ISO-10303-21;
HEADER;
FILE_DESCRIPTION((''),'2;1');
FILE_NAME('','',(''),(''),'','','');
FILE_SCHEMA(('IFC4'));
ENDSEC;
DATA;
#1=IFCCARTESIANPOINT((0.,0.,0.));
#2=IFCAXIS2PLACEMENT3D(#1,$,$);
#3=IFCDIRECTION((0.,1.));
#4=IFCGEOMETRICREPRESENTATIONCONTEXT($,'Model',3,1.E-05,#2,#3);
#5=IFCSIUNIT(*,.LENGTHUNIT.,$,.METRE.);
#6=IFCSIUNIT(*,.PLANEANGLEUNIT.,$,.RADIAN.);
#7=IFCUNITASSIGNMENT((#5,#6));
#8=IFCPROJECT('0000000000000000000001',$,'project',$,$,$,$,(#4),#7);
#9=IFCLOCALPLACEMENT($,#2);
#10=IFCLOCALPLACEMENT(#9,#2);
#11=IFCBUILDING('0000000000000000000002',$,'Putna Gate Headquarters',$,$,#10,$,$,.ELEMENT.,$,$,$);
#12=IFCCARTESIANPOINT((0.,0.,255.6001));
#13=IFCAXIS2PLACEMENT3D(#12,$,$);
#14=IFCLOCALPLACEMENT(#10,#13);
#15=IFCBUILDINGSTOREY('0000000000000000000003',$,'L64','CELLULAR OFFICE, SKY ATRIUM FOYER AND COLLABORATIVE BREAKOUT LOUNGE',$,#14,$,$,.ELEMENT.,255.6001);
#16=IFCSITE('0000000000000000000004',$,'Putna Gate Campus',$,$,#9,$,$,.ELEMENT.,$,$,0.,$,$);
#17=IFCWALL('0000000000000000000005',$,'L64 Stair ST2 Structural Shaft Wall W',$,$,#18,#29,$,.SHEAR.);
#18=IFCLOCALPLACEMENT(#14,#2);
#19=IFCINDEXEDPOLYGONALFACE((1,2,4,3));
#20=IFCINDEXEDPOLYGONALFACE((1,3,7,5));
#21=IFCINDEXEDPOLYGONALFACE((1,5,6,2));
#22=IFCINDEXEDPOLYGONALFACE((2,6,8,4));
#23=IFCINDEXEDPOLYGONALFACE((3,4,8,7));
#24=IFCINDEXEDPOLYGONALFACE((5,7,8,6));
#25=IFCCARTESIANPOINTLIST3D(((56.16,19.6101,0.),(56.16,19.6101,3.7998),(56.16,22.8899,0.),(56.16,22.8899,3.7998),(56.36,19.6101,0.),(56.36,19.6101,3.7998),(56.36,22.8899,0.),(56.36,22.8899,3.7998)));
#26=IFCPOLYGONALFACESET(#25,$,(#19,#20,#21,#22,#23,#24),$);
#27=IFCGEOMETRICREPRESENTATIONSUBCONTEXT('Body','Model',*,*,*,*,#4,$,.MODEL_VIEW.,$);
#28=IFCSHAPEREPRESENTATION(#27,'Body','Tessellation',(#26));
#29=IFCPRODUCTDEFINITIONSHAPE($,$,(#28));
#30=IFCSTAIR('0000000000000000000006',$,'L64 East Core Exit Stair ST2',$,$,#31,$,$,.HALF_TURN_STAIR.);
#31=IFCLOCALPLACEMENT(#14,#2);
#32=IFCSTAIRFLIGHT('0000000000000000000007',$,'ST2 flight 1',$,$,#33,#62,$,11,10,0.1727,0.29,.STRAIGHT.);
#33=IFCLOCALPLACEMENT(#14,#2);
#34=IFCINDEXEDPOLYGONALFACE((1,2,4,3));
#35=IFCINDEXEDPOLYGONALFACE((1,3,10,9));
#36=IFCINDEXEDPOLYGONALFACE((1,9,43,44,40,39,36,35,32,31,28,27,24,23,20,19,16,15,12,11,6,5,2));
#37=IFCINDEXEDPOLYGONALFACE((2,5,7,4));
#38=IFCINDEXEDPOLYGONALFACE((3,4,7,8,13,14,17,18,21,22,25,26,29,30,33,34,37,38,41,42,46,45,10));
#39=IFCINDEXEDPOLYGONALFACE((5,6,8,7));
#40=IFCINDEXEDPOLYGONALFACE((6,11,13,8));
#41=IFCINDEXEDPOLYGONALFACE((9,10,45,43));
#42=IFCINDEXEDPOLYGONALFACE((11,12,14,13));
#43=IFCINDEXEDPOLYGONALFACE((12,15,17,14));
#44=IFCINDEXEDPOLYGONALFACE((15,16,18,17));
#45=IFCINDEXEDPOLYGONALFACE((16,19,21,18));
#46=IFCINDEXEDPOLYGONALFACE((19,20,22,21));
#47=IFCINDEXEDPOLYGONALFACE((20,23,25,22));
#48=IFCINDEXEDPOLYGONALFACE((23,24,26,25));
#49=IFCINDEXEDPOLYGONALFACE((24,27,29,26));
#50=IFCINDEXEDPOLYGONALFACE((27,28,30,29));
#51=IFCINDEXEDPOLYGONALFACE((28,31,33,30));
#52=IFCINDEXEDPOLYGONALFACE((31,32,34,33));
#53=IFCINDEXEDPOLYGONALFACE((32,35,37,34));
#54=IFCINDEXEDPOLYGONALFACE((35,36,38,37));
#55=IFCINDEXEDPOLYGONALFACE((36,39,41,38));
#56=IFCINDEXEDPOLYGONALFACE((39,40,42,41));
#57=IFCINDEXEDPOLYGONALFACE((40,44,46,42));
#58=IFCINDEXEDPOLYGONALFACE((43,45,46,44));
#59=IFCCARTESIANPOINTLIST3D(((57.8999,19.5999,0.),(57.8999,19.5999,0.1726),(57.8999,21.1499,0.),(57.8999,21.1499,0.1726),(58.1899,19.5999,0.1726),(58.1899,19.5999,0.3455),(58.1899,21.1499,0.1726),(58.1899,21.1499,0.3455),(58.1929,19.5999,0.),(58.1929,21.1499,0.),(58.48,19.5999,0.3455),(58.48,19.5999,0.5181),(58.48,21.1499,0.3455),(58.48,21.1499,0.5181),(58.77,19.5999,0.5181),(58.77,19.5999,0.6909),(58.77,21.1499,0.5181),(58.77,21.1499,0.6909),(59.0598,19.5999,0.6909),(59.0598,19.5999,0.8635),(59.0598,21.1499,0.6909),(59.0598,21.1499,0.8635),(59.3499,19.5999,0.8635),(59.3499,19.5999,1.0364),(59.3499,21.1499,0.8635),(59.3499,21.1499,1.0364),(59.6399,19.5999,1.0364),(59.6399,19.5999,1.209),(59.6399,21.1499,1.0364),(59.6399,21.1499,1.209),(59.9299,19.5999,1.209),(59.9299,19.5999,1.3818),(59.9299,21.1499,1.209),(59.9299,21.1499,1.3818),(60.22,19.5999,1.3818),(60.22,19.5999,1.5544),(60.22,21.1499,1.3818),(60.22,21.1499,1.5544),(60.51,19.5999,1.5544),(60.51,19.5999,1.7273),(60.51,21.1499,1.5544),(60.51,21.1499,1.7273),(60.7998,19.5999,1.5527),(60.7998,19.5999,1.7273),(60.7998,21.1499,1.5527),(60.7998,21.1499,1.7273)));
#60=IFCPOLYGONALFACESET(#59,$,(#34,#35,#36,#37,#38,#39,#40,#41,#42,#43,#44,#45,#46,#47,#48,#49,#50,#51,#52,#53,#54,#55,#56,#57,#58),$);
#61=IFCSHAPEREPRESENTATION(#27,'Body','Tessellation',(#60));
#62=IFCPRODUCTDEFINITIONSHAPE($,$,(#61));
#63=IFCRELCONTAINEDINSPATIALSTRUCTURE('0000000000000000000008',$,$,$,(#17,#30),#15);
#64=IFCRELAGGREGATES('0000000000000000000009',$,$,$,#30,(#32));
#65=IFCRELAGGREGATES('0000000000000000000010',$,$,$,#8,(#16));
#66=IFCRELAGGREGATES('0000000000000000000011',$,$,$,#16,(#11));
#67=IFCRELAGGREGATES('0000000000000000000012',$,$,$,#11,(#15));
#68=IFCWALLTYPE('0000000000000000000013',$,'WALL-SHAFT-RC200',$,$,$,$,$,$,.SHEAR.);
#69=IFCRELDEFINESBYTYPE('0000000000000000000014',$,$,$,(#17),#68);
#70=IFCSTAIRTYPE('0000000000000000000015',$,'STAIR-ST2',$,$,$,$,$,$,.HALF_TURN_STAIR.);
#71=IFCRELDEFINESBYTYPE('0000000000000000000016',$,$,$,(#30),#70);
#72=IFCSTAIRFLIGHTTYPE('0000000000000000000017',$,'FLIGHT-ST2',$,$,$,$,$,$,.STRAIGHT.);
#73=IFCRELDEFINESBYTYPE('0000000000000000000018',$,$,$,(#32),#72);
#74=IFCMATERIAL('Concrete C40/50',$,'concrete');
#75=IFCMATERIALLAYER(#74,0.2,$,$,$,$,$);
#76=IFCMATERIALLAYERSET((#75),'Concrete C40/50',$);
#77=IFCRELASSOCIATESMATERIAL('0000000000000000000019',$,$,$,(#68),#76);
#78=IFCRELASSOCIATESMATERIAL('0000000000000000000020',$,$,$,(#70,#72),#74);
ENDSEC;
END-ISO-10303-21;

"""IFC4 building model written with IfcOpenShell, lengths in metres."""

from ifc_helpers import new_model, si_unit, direction, frame, frame_2d, origin, place, context, subcontext, project, spatial, polyline, rectangle, outline, extrude, material, layer, layer_set, type_object, element, aggregate, save


model = new_model("IFC4")

# Units and contexts
model_context = context("Model", 3, precision=1e-05, world=origin(), true_north=direction((0.0, 1.0)))
body_context = subcontext(model_context, "Body", "Model", "MODEL_VIEW")
ifc_project = project(units=[si_unit("LENGTHUNIT", "METRE"), si_unit("PLANEANGLEUNIT", "RADIAN")], contexts=[model_context])

# Site, building, storey
site_placement = place(None, origin())
site = spatial("IfcSite", under=ifc_project, at=site_placement, Name="Putna Gate Campus", CompositionType="ELEMENT", RefElevation=0.0)
building_placement = place(site_placement, origin())
building = spatial("IfcBuilding", under=site, at=building_placement, Name="Putna Gate Headquarters", CompositionType="ELEMENT")
storey_placement = place(building_placement, frame((0.0, 0.0, 255.6001)))
storey = spatial("IfcBuildingStorey", under=building, at=storey_placement, Name="L64", Description="CELLULAR OFFICE, SKY ATRIUM FOYER AND COLLABORATIVE BREAKOUT LOUNGE", CompositionType="ELEMENT", Elevation=255.6001)

# Shared definitions
ifc_material_1 = material(Name="Concrete C40/50", Category="concrete")

# Shared definitions
ifc_layer_1 = layer(ifc_material_1, 0.2)
ifc_layer_set_1 = layer_set([ifc_layer_1], Name="Concrete C40/50")
wall_type_1 = type_object("IfcWallType", Name="WALL-SHAFT-RC200", PredefinedType="SHEAR", material=ifc_layer_set_1)

# Wall
wall_1_placement = place(storey_placement, frame((56.26, 19.6101, 0.0), z_axis=(0.0, 0.0, 1.0), x_axis=(0.0, 1.0, 0.0)))
element("IfcWall", 1, at=wall_1_placement, inside=storey, type_object=wall_type_1, Name="L64 Stair ST2 Structural Shaft Wall W", PredefinedType="SHEAR", context=body_context, shape_type="SweptSolid", body=[
    extrude(rectangle(XDim=3.2798, YDim=0.2, at=frame_2d((1.6399, 0.0))), origin(), (0.0, 0.0, 1.0), 3.7998),
])

# Stair, stair flight
stair_type = type_object("IfcStairType", Name="STAIR-ST2", PredefinedType="HALF_TURN_STAIR", material=ifc_material_1)
stair_placement = place(storey_placement, origin())
stair = element("IfcStair", 2, at=stair_placement, inside=storey, type_object=stair_type, Name="L64 East Core Exit Stair ST2", PredefinedType="HALF_TURN_STAIR")
stair_flight_type = type_object("IfcStairFlightType", Name="FLIGHT-ST2", PredefinedType="STRAIGHT", material=ifc_material_1)
stair_flight_placement = place(storey_placement, frame((57.8999, 20.375, 0.0), z_axis=(0.0, 0.0, 1.0), x_axis=(1.0, 0.0, 0.0)))
stair_flight = element("IfcStairFlight", 3, at=stair_flight_placement, type_object=stair_flight_type, Name="ST2 flight 1", NumberOfRisers=11, NumberOfTreads=10, PredefinedType="STRAIGHT", RiserHeight=0.1727, TreadLength=0.29, context=body_context, shape_type="SweptSolid", body=[
    extrude(outline(polyline([(0.0, 0.0), (0.0, 0.1726), (0.29, 0.1726), (0.29, 0.3455), (0.5801, 0.3455), (0.5801, 0.5181), (0.8701, 0.5181), (0.8701, 0.6909), (1.1599, 0.6909), (1.1599, 0.8635), (1.45, 0.8635), (1.45, 1.0364), (1.74, 1.0364), (1.74, 1.209), (2.03, 1.209), (2.03, 1.3818), (2.3201, 1.3818), (2.3201, 1.5544), (2.6101, 1.5544), (2.6101, 1.7273), (2.8999, 1.7273), (2.8999, 1.8999), (2.8999, 1.5527), (0.293, 0.0), (0.0, 0.0)])), frame((0.0, 0.7749, 0.0), z_axis=(0.0, -1.0, 0.0), x_axis=(1.0, 0.0, 0.0)), (0.0, 0.0, 1.0), 1.55),
])
aggregate(stair, [stair_flight])

save(model, "model.ifc")
